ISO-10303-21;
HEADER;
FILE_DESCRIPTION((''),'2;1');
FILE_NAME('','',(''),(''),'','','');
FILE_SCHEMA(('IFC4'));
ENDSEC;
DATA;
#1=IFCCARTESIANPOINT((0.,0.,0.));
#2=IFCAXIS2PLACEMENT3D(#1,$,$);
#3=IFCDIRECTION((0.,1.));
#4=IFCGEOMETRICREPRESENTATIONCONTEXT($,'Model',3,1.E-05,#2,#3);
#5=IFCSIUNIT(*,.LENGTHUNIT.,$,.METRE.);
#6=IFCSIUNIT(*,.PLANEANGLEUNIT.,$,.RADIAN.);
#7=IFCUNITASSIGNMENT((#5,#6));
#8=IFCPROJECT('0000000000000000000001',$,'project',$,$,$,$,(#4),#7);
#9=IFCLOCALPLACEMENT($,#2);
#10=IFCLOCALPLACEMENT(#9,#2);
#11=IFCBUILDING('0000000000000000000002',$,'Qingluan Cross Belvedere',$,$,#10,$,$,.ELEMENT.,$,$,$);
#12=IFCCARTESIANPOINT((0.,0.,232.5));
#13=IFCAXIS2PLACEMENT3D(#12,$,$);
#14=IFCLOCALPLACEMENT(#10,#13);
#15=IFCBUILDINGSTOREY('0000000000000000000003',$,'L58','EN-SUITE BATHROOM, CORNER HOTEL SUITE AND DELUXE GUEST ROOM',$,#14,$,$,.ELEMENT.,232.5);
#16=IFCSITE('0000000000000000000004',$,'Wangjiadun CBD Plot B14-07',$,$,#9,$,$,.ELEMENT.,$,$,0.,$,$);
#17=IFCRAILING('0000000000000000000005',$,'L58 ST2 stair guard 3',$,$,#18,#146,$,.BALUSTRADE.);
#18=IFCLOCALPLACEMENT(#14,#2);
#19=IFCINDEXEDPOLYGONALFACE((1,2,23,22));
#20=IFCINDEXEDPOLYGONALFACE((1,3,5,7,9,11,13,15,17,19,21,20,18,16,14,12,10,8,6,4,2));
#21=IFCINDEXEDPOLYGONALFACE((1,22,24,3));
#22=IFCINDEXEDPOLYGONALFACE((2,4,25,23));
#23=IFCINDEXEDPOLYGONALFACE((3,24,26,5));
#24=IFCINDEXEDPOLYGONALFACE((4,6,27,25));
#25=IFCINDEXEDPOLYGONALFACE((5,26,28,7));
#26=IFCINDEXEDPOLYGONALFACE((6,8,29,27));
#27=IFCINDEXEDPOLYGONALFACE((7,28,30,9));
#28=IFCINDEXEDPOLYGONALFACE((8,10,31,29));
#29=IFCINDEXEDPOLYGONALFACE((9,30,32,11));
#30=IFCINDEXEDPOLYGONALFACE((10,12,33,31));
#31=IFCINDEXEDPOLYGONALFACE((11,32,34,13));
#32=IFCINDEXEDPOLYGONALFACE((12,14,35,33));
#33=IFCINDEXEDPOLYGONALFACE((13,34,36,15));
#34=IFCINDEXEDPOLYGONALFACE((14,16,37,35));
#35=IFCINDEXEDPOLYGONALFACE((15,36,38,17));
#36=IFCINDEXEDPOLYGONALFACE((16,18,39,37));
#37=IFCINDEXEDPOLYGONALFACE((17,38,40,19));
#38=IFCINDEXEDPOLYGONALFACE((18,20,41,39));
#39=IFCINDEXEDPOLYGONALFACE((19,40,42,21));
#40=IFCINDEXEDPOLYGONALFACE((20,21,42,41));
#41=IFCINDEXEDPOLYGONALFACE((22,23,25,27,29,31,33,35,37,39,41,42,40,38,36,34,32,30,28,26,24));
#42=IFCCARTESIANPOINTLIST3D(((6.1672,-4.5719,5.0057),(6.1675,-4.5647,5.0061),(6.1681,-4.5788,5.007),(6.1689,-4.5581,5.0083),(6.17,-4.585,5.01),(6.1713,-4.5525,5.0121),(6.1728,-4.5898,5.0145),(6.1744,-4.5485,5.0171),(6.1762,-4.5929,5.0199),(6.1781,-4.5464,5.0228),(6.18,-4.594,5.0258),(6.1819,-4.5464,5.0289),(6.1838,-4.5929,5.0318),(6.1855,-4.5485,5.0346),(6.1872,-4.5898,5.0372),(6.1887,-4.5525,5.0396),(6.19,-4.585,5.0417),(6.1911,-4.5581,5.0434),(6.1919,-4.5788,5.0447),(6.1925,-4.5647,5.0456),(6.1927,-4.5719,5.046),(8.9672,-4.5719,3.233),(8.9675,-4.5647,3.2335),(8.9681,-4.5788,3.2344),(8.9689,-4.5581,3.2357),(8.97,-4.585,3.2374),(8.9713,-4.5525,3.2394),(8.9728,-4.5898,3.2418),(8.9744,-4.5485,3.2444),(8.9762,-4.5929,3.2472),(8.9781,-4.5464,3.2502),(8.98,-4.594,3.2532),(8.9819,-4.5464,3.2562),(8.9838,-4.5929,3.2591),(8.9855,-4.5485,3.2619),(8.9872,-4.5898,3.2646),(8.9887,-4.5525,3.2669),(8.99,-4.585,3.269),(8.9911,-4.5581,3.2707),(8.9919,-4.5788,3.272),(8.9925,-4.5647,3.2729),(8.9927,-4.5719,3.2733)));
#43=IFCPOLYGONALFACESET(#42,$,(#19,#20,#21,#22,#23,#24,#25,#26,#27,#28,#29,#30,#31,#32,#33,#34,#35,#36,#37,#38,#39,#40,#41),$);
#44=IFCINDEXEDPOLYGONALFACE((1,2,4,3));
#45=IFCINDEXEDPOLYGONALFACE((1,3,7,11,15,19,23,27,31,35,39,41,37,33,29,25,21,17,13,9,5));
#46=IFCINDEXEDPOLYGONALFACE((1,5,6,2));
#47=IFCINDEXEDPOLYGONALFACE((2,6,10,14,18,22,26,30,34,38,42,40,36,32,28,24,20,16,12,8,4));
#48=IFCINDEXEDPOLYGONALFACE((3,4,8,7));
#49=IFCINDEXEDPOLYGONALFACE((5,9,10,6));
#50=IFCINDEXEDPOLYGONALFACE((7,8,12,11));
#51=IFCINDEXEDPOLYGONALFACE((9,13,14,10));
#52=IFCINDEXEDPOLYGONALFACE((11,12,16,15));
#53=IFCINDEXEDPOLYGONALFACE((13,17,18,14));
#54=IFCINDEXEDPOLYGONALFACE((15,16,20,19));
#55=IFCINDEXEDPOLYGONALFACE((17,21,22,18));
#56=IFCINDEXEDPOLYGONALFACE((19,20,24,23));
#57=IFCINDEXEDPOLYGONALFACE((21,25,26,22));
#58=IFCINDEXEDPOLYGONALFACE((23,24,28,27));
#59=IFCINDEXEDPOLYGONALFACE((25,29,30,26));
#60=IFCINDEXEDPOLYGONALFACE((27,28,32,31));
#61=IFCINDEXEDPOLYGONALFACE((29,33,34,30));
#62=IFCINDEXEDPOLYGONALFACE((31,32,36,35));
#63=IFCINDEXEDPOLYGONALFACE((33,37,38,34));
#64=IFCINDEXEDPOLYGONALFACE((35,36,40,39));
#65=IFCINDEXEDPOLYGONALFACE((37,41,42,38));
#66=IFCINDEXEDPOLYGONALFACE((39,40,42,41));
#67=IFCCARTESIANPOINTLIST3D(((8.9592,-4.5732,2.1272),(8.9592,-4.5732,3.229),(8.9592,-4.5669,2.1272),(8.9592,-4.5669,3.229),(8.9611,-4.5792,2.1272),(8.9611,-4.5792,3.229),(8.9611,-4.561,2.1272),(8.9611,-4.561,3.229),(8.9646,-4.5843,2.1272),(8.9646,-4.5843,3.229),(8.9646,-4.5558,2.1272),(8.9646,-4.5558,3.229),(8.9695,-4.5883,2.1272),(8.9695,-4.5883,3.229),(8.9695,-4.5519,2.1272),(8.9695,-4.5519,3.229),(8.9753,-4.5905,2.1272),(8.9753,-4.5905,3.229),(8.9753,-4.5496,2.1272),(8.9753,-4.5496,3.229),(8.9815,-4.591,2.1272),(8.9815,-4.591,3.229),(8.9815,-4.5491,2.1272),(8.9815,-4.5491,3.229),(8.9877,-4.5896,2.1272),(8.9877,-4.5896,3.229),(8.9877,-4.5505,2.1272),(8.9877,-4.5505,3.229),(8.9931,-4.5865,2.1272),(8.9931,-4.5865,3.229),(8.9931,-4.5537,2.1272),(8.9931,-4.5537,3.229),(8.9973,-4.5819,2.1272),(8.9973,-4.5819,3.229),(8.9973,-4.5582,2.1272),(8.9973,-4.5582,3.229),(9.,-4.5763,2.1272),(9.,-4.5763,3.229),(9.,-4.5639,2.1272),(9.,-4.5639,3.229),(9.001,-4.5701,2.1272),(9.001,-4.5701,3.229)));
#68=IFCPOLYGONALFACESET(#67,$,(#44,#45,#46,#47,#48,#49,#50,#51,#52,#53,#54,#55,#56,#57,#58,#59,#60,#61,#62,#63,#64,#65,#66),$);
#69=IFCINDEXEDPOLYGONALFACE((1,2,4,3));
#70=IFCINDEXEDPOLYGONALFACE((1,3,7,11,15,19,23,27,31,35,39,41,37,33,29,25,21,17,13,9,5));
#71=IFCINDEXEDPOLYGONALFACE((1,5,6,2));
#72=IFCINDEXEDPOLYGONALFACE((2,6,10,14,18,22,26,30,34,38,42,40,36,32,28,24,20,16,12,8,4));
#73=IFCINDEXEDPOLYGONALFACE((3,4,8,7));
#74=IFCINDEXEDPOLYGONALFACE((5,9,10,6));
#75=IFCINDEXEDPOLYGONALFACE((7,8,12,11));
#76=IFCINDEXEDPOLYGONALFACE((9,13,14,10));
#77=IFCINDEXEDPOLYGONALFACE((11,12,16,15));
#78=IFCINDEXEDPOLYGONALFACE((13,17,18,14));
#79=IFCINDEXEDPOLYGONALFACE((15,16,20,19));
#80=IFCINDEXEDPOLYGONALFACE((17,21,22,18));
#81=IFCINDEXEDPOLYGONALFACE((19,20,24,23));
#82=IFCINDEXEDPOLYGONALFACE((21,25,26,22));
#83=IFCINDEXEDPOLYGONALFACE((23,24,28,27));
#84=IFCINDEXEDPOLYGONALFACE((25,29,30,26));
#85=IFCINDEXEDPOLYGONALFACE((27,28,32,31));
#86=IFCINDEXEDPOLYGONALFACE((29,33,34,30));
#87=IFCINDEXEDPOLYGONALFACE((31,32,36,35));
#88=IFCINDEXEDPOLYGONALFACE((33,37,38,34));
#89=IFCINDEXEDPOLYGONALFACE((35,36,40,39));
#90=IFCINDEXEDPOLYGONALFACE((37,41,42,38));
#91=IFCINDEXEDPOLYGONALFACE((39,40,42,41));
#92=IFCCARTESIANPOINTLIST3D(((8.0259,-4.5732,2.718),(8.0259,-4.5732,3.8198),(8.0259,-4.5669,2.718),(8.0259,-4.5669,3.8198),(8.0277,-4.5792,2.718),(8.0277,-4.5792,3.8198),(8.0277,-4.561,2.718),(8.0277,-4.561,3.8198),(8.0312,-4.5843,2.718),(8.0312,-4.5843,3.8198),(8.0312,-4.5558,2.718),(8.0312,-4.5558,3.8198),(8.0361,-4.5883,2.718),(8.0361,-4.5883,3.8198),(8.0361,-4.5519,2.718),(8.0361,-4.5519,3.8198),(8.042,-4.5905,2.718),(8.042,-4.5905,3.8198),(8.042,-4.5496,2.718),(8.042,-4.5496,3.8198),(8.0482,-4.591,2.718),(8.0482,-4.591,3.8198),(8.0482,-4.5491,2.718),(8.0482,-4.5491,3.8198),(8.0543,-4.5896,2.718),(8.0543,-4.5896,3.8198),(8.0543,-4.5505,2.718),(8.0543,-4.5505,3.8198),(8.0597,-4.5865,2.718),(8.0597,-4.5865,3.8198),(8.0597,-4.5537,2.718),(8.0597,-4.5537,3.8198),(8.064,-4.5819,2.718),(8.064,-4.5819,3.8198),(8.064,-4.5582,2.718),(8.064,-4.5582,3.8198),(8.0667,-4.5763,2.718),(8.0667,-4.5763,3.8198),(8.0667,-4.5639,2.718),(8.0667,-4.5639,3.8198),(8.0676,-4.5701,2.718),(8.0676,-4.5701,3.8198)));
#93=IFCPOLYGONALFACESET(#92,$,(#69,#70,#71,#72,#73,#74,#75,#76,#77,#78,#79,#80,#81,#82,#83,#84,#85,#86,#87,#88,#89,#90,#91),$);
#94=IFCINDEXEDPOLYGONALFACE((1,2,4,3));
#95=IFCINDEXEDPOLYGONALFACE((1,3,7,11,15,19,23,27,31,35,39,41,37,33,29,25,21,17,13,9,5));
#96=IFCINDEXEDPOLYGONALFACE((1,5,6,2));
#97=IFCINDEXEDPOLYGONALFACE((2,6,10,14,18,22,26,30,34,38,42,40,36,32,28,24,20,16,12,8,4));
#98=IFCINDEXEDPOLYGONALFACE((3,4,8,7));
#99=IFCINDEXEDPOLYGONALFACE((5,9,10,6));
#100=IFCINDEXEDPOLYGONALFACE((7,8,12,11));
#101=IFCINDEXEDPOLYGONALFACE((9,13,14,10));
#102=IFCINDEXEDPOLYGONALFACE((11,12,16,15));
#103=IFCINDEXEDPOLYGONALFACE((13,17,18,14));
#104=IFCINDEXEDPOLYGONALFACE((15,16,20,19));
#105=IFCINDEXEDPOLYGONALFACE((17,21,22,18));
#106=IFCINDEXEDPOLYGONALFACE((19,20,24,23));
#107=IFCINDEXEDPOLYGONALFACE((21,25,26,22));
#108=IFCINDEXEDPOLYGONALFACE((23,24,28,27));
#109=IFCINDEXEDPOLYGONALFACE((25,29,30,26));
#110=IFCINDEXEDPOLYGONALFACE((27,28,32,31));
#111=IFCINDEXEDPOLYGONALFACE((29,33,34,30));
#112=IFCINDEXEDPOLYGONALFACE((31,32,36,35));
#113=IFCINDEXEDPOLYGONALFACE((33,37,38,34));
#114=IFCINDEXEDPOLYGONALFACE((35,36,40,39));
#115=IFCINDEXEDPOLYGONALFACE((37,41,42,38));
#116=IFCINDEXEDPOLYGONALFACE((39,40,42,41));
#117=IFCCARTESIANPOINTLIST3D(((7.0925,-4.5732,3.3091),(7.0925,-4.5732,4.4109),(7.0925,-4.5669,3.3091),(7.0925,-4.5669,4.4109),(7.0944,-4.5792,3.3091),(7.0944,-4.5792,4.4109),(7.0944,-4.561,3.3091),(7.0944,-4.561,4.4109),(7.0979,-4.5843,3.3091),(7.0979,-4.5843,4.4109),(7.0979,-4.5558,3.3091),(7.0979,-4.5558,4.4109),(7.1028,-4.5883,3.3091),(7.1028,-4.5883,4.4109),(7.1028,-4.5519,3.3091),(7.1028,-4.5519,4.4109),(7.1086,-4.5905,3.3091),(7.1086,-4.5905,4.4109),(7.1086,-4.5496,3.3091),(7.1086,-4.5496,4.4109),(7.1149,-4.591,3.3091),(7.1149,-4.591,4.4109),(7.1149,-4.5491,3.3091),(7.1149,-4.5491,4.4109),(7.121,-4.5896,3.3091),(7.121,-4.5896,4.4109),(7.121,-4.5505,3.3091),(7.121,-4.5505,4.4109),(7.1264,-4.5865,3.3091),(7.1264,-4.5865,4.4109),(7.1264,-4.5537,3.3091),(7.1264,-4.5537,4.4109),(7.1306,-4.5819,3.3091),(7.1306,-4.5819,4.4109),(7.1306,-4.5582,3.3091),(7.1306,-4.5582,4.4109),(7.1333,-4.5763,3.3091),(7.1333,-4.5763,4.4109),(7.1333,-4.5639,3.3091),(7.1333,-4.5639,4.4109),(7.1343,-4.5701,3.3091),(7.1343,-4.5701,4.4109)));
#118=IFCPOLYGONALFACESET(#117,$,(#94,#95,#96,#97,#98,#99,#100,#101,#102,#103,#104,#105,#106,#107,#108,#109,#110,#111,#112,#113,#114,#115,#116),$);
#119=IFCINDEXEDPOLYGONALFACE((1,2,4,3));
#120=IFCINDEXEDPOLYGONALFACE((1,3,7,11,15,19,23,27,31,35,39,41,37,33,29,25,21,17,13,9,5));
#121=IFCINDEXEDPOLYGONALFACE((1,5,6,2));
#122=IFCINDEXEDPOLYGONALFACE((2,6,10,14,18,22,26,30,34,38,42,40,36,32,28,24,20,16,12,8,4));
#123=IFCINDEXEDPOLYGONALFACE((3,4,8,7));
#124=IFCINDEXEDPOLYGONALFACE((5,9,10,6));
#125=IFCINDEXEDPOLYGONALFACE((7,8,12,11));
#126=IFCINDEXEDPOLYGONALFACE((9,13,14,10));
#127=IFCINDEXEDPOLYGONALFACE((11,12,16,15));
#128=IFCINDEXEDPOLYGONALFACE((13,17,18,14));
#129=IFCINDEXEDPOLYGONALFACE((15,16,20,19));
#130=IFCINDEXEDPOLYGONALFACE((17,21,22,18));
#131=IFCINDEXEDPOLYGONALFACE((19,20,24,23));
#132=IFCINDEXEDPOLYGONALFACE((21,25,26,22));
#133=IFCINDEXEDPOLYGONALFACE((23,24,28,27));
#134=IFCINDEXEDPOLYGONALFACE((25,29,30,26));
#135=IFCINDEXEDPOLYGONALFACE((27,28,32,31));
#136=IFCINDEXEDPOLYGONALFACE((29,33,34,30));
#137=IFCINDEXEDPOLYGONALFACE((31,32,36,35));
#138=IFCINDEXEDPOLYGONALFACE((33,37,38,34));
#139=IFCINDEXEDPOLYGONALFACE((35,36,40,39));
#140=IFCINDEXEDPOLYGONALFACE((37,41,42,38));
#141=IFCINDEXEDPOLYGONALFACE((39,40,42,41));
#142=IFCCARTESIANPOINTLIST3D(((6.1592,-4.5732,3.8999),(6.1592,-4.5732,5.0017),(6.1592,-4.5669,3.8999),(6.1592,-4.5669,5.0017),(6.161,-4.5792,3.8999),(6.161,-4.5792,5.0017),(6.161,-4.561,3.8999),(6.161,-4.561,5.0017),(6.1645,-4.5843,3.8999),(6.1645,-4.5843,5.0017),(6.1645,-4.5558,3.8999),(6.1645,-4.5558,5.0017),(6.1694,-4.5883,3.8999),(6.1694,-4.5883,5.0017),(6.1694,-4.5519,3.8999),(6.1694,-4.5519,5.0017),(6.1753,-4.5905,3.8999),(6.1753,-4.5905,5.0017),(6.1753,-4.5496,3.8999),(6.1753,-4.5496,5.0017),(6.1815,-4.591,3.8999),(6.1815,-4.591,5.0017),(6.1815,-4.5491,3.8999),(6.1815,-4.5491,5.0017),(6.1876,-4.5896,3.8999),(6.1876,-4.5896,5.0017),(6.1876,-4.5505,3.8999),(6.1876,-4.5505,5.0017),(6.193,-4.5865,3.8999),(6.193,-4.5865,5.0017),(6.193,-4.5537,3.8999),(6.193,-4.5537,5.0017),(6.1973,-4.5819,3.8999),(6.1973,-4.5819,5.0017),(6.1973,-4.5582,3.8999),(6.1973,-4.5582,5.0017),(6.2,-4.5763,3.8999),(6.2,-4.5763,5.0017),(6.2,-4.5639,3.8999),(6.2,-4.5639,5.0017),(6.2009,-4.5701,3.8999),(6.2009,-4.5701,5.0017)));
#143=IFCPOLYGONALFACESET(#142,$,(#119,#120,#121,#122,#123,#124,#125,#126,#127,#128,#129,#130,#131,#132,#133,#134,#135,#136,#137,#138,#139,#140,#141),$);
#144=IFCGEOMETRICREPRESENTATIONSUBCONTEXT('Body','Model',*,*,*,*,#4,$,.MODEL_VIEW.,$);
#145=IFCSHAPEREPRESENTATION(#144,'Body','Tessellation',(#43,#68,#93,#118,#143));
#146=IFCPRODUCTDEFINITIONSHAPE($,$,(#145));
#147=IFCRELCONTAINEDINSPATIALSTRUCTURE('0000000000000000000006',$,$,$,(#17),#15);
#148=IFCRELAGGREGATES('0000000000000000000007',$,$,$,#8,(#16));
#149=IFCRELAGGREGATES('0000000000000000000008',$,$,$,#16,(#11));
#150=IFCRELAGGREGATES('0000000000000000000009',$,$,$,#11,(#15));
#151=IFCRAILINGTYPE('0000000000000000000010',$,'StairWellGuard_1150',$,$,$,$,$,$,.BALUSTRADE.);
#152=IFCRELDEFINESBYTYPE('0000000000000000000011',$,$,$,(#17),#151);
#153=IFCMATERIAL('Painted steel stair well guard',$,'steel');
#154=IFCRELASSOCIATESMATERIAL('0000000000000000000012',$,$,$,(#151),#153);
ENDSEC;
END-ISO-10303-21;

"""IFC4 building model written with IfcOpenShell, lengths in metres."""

from ifc_helpers import new_model, si_unit, direction, frame, origin, origin_2d, place, context, subcontext, project, spatial, circle, extrude, material, type_object, element, save


model = new_model("IFC4")

# Units and contexts
model_context = context("Model", 3, precision=1e-05, world=origin(), true_north=direction((0.0, 1.0)))
body_context = subcontext(model_context, "Body", "Model", "MODEL_VIEW")
ifc_project = project(units=[si_unit("LENGTHUNIT", "METRE"), si_unit("PLANEANGLEUNIT", "RADIAN")], contexts=[model_context])

# Site, building, storey
site_placement = place(None, origin())
site = spatial("IfcSite", under=ifc_project, at=site_placement, Name="Wangjiadun CBD Plot B14-07", CompositionType="ELEMENT", RefElevation=0.0)
building_placement = place(site_placement, origin())
building = spatial("IfcBuilding", under=site, at=building_placement, Name="Qingluan Cross Belvedere", CompositionType="ELEMENT")
storey_placement = place(building_placement, frame((0.0, 0.0, 232.5)))
storey = spatial("IfcBuildingStorey", under=building, at=storey_placement, Name="L58", Description="EN-SUITE BATHROOM, CORNER HOTEL SUITE AND DELUXE GUEST ROOM", CompositionType="ELEMENT", Elevation=232.5)

# Railing
ifc_material_1 = material(Name="Painted steel stair well guard", Category="steel")
railing_type_1 = type_object("IfcRailingType", Name="StairWellGuard_1150", PredefinedType="BALUSTRADE", material=ifc_material_1)
railing_1_placement = place(storey_placement, frame((8.98, -4.5701, 2.1272)))
element("IfcRailing", 1, at=railing_1_placement, inside=storey, type_object=railing_type_1, Name="L58 ST2 stair guard 3", PredefinedType="BALUSTRADE", context=body_context, shape_type="SweptSolid", body=[
    extrude(circle(Radius=0.0239, at=origin_2d()), frame((0.0, 0.0, 1.126), z_axis=(-0.844909, 0.0, 0.53491), x_axis=(0.0, -1.0, 0.0)), (0.0, 0.0, 1.0), 3.314),
    extrude(circle(Radius=0.021, at=origin_2d()), origin(), (0.0, 0.0, 1.0), 1.1018),
    extrude(circle(Radius=0.021, at=origin_2d()), frame((-0.9333, 0.0, 0.5908)), (0.0, 0.0, 1.0), 1.1018),
    extrude(circle(Radius=0.021, at=origin_2d()), frame((-1.8667, 0.0, 1.1819)), (0.0, 0.0, 1.0), 1.1018),
    extrude(circle(Radius=0.021, at=origin_2d()), frame((-2.8, 0.0, 1.7727)), (0.0, 0.0, 1.0), 1.1018),
])

save(model, "model.ifc")
